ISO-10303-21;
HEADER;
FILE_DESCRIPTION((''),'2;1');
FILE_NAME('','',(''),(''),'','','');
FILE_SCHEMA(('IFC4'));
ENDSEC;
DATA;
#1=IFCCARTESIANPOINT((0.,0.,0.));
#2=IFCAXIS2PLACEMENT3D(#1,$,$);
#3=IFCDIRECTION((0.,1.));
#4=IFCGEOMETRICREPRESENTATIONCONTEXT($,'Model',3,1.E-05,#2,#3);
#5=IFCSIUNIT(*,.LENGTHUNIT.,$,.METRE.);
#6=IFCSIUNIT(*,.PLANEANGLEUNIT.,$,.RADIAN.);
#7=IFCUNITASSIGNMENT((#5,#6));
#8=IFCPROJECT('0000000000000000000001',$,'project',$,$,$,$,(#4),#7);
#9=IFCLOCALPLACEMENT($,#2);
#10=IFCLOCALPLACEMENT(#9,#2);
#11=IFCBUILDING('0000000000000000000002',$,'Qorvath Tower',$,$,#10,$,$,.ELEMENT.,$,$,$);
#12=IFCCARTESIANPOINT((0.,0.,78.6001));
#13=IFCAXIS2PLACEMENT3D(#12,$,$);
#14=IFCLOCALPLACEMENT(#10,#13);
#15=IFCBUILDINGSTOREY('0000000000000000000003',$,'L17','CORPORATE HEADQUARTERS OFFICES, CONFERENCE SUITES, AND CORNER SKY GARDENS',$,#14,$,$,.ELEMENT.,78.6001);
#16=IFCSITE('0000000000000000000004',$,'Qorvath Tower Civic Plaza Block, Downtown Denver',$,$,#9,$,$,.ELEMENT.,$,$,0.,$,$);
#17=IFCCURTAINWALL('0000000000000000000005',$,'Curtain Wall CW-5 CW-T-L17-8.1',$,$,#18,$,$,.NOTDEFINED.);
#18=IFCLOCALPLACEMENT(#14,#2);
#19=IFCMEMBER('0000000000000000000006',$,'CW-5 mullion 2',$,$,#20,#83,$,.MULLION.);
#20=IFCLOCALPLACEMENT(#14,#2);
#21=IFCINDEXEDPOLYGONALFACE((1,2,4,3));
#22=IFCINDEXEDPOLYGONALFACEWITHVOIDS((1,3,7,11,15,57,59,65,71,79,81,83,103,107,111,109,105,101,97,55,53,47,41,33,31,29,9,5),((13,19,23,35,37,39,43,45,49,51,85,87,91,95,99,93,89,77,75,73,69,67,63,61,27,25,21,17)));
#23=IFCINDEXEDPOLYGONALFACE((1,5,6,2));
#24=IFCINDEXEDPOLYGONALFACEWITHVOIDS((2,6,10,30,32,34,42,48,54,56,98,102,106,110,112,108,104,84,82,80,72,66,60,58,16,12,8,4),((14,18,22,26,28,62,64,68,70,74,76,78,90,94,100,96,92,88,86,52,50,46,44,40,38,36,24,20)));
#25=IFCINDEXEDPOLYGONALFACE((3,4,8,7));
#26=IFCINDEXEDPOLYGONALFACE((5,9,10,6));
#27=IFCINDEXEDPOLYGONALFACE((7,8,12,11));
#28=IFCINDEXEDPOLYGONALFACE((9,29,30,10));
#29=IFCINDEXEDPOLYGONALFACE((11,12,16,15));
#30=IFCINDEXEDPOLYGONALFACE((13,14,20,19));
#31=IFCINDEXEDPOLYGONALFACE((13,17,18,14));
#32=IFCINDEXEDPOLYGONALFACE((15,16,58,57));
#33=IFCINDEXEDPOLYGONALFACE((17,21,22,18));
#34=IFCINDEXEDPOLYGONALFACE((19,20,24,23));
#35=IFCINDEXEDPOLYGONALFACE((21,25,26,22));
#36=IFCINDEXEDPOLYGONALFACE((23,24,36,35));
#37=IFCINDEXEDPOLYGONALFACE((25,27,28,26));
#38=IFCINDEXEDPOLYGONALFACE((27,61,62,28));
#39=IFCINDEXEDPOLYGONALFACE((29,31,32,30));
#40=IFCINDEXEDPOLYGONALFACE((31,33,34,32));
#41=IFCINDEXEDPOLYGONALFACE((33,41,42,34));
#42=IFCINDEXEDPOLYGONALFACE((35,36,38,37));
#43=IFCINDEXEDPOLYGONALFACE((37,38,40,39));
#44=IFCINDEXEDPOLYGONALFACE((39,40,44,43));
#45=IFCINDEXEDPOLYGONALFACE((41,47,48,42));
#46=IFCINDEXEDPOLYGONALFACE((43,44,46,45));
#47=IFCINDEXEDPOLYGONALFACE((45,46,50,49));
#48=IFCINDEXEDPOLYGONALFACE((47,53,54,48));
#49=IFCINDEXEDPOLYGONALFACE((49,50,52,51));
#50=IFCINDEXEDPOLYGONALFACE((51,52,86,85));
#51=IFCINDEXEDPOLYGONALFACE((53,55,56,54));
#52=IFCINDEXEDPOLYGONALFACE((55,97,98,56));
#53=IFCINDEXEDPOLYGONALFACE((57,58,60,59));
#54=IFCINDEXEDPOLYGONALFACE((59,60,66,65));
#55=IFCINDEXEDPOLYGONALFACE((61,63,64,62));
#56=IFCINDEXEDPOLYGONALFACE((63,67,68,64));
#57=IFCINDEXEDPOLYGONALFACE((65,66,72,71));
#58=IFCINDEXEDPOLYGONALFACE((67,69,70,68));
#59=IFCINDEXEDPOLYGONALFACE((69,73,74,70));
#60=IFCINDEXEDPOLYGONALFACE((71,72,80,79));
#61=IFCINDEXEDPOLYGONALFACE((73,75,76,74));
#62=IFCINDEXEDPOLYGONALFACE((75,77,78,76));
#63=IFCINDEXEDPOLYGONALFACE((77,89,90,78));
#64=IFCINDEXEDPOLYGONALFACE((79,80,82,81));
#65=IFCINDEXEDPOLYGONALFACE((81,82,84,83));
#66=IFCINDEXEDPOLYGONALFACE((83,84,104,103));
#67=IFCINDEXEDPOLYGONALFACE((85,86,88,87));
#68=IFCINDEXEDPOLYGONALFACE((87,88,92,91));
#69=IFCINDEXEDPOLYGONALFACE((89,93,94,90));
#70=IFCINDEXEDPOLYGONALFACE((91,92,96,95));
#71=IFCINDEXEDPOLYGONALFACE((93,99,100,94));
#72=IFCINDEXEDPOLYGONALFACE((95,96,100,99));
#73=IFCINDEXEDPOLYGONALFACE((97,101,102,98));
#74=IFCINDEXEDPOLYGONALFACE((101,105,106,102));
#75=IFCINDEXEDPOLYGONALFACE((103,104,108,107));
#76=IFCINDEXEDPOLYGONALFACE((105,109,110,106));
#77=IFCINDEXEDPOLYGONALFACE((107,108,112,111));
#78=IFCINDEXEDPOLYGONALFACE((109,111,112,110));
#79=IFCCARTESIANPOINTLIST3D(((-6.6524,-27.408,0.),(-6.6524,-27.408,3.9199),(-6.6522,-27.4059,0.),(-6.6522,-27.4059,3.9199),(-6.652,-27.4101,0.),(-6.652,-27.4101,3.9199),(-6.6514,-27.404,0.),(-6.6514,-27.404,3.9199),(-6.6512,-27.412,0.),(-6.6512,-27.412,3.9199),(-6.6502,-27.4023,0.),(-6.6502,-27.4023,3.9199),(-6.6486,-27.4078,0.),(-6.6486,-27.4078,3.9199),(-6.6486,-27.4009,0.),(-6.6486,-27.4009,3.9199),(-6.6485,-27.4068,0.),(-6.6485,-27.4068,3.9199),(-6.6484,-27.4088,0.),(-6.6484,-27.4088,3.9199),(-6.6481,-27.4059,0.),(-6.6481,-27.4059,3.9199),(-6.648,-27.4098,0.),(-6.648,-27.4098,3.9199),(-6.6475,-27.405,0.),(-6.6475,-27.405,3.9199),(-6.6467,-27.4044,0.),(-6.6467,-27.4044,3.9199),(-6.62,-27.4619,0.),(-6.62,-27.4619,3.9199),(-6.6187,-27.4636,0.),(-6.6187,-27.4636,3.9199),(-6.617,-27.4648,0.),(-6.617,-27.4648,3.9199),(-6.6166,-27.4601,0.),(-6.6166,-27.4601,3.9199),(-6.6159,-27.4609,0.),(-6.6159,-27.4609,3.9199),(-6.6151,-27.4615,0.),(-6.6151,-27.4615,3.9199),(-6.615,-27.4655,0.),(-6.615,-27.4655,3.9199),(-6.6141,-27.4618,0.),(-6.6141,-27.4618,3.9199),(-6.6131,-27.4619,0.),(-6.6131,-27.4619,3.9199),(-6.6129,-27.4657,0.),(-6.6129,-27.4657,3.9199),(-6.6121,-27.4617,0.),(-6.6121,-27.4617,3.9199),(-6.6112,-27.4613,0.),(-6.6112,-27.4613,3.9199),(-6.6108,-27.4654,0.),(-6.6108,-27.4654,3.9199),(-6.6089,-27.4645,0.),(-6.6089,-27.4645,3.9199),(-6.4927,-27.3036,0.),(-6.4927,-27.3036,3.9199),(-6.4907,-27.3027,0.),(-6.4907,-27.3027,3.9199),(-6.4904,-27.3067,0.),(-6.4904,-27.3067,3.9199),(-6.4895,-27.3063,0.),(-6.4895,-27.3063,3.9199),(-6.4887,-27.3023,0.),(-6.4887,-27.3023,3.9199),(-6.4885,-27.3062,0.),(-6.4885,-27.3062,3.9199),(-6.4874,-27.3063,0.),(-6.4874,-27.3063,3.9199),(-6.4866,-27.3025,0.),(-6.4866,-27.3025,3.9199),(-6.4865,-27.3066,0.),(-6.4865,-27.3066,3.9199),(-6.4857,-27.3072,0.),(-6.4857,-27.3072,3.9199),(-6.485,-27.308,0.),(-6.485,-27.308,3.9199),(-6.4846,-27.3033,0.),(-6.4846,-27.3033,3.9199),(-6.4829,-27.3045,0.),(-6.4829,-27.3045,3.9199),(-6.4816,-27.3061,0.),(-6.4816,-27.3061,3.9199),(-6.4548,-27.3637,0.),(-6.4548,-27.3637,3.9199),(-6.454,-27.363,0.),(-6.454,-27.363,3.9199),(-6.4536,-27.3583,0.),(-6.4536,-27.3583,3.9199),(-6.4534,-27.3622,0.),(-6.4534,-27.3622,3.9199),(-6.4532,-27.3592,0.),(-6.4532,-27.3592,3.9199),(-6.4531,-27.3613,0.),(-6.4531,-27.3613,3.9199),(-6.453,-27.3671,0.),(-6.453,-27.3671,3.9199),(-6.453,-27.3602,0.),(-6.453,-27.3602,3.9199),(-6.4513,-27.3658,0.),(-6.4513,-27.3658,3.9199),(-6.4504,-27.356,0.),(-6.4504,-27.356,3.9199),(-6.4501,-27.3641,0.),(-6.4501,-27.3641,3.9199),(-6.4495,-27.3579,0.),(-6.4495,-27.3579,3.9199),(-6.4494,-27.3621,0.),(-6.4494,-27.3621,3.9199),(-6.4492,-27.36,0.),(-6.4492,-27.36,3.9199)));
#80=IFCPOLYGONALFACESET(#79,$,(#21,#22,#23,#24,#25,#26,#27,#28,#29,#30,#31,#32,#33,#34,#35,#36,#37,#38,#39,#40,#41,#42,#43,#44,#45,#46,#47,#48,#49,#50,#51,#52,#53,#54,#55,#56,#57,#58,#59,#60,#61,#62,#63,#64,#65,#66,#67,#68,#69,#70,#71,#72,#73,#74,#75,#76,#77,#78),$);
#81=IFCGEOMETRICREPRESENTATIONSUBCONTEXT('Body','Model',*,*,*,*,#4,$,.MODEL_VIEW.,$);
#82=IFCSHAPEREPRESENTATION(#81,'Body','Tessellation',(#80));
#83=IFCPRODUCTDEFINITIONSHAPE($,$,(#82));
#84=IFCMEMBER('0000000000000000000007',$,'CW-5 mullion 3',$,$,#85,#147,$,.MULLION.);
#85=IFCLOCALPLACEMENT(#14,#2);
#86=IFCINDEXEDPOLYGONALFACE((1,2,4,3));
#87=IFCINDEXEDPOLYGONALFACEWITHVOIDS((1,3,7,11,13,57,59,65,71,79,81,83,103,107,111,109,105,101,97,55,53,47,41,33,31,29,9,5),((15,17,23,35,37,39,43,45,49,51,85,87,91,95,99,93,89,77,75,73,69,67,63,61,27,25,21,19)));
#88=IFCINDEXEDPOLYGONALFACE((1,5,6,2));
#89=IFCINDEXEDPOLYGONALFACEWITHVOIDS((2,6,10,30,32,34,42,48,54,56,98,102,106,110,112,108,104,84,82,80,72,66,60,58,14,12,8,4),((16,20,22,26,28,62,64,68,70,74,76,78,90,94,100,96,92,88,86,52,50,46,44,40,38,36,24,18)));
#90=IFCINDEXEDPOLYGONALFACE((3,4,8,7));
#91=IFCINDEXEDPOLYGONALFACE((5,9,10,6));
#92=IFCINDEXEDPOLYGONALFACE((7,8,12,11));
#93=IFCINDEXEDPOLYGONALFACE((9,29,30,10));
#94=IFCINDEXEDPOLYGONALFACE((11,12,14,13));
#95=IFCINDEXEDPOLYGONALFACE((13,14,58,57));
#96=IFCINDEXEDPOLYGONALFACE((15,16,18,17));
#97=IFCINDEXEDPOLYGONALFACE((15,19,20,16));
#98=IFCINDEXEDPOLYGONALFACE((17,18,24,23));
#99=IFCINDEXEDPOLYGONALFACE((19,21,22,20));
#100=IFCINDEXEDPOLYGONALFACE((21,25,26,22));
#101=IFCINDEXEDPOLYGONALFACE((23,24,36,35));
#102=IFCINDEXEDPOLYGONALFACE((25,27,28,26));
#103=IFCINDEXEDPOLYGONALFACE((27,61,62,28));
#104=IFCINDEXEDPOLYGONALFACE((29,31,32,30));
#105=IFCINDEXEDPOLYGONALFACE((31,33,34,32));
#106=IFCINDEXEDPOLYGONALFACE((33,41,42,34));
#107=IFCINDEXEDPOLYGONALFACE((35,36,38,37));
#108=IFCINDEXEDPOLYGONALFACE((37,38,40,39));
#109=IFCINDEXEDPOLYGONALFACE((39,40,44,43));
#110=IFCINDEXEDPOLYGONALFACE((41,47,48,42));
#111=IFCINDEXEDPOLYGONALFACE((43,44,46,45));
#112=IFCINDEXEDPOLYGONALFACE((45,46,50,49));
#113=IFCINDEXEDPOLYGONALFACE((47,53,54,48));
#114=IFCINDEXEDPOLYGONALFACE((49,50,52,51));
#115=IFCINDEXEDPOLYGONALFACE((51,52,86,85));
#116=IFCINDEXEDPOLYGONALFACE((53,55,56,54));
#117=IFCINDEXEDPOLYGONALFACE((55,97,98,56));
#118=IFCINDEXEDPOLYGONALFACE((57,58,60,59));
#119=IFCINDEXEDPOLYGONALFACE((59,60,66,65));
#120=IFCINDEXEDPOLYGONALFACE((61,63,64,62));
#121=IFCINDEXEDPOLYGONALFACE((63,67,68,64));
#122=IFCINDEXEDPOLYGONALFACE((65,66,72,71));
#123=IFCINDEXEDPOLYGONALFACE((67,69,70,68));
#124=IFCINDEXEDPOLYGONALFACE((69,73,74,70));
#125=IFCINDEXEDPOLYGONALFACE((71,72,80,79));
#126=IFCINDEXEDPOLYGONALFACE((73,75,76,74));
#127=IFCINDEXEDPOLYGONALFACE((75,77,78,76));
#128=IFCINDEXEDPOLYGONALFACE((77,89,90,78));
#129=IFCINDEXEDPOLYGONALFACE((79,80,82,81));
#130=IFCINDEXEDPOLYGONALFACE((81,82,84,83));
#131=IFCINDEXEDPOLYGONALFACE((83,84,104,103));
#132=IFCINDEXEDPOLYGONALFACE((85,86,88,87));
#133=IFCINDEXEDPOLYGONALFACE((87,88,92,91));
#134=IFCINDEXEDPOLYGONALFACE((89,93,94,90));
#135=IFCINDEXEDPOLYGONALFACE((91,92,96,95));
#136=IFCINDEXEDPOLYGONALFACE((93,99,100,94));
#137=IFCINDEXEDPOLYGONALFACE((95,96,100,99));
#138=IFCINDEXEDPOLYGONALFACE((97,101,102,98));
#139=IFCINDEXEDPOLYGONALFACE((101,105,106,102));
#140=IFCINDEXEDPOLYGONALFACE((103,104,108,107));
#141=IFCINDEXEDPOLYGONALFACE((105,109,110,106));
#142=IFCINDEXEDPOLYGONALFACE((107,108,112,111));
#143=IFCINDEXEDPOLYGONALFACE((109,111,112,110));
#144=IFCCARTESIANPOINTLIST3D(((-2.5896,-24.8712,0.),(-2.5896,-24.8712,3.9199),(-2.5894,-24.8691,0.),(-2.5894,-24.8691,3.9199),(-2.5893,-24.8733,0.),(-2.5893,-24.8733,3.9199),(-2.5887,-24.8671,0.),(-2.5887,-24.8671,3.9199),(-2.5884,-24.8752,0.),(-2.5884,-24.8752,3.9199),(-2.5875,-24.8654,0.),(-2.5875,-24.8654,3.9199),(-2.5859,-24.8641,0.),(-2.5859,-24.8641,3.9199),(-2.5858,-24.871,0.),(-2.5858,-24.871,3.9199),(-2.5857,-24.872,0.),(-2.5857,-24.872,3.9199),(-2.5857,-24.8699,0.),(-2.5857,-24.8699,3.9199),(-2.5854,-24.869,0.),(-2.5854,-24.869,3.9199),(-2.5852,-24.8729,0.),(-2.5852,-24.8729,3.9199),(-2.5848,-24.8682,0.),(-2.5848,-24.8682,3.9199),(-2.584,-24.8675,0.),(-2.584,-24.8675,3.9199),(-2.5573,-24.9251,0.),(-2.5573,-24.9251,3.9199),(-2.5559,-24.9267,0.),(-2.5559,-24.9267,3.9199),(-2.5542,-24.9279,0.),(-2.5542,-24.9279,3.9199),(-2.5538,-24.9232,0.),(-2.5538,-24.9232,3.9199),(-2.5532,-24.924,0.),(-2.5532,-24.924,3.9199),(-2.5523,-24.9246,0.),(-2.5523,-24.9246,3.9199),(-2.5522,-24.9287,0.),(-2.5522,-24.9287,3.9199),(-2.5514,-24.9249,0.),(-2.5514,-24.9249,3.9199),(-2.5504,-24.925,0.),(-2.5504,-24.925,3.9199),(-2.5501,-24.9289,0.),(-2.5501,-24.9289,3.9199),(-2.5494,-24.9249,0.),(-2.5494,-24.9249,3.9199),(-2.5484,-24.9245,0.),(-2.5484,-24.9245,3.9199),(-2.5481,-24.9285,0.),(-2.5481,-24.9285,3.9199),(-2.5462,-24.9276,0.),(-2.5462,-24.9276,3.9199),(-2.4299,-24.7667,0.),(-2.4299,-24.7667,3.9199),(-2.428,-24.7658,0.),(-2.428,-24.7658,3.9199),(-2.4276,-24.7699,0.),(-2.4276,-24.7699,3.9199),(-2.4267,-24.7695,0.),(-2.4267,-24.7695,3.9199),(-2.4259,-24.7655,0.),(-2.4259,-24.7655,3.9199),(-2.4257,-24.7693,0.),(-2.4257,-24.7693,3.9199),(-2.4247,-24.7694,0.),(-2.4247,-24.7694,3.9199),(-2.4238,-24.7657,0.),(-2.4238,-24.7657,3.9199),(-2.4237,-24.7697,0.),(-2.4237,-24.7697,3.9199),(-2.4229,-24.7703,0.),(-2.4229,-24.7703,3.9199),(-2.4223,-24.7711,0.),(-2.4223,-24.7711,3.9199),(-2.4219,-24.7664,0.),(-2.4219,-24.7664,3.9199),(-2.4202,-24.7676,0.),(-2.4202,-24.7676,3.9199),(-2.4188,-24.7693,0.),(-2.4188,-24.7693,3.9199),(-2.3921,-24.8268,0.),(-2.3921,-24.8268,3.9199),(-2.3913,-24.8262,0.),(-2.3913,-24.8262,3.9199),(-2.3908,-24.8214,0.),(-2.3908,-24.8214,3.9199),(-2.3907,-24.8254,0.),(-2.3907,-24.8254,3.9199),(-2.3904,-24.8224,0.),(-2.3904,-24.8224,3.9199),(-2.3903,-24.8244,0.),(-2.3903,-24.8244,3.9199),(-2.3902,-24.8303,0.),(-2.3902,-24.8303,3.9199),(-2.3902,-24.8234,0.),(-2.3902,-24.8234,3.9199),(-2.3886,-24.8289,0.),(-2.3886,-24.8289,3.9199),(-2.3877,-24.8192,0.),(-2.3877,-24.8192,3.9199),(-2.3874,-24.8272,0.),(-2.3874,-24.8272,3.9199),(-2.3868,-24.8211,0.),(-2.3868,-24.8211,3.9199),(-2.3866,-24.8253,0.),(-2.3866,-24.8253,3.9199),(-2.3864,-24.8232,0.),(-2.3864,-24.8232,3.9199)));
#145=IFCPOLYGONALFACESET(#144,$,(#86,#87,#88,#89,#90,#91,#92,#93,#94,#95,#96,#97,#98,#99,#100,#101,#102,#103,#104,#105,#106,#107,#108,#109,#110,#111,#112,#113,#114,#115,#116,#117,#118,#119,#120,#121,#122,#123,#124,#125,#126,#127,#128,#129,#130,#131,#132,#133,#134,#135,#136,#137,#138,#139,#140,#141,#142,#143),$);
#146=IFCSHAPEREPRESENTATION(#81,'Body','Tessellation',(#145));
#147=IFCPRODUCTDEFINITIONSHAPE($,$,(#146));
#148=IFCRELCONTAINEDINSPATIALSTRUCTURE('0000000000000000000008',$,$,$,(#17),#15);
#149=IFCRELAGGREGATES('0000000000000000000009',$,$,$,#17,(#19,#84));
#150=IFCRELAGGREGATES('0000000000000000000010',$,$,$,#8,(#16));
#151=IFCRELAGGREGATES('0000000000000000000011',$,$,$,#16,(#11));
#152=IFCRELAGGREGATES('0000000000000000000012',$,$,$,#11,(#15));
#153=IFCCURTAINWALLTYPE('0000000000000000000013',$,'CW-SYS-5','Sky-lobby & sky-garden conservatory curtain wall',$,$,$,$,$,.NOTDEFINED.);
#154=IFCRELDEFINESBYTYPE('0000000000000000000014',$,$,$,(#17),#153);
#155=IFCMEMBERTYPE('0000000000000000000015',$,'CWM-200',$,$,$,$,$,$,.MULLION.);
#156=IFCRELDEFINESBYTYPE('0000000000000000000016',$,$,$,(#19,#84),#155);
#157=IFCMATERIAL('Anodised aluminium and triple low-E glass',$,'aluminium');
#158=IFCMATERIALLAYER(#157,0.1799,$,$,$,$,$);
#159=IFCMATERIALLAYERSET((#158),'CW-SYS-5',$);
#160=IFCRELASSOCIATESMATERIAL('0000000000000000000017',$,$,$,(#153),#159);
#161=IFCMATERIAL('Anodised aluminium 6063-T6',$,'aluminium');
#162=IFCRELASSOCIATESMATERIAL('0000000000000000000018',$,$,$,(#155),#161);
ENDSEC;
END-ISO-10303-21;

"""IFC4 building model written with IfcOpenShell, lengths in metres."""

from ifc_helpers import new_model, si_unit, direction, frame, origin, origin_2d, place, context, subcontext, project, spatial, hollow_rectangle, extrude, material, layer, layer_set, material_profile, profile_set, type_object, element, aggregate, save


model = new_model("IFC4")

# Units and contexts
model_context = context("Model", 3, precision=1e-05, world=origin(), true_north=direction((0.0, 1.0)))
body_context = subcontext(model_context, "Body", "Model", "MODEL_VIEW")
ifc_project = project(units=[si_unit("LENGTHUNIT", "METRE"), si_unit("PLANEANGLEUNIT", "RADIAN")], contexts=[model_context])

# Site, building, storey
site_placement = place(None, origin())
site = spatial("IfcSite", under=ifc_project, at=site_placement, Name="Qorvath Tower Civic Plaza Block, Downtown Denver", CompositionType="ELEMENT", RefElevation=0.0)
building_placement = place(site_placement, origin())
building = spatial("IfcBuilding", under=site, at=building_placement, Name="Qorvath Tower", CompositionType="ELEMENT")
storey_placement = place(building_placement, frame((0.0, 0.0, 78.6001)))
storey = spatial("IfcBuildingStorey", under=building, at=storey_placement, Name="L17", Description="CORPORATE HEADQUARTERS OFFICES, CONFERENCE SUITES, AND CORNER SKY GARDENS", CompositionType="ELEMENT", Elevation=78.6001)

# Shared definitions
ifc_material_1 = material(Name="Anodised aluminium and triple low-E glass", Category="aluminium")
ifc_layer_1 = layer(ifc_material_1, 0.1799)
ifc_layer_set_1 = layer_set([ifc_layer_1], Name="CW-SYS-5")
curtain_wall_type = type_object("IfcCurtainWallType", Name="CW-SYS-5", Description="Sky-lobby & sky-garden conservatory curtain wall", PredefinedType="NOTDEFINED", material=ifc_layer_set_1)
ifc_material_2 = material(Name="Anodised aluminium 6063-T6", Category="aluminium")
ifc_material_profile_1 = material_profile(ifc_material_2, hollow_rectangle(XDim=0.075, YDim=0.2, WallThickness=0.0039, InnerFilletRadius=0.0039, OuterFilletRadius=0.0081, at=origin_2d()), Name="CWM 200x75")
ifc_profile_set_1 = profile_set([ifc_material_profile_1], Name="Anodised aluminium 6063-T6")
member_type_1 = type_object("IfcMemberType", Name="CWM-200", PredefinedType="MULLION", material=ifc_profile_set_1)

# Curtain wall, members
curtain_wall_1_placement = place(storey_placement, origin())
curtain_wall_1 = element("IfcCurtainWall", 1, at=curtain_wall_1_placement, inside=storey, type_object=curtain_wall_type, Name="Curtain Wall CW-5 CW-T-L17-8.1", PredefinedType="NOTDEFINED")
member_1_placement = place(storey_placement, frame((-6.5508, -27.384, 0.0), z_axis=(0.0, 0.0, 1.0), x_axis=(-0.529645, 0.848219, 0.0)))
member_1 = element("IfcMember", 2, at=member_1_placement, type_object=member_type_1, Name="CW-5 mullion 2", PredefinedType="MULLION", context=body_context, shape_type="SweptSolid", body=[
    extrude(hollow_rectangle(XDim=0.075, YDim=0.2, WallThickness=0.0039, InnerFilletRadius=0.0039, OuterFilletRadius=0.0081, at=origin_2d()), origin(), (0.0, 0.0, 1.0), 3.9199),
])
member_2_placement = place(storey_placement, frame((-2.488, -24.8472, 0.0), z_axis=(0.0, 0.0, 1.0), x_axis=(-0.529645, 0.848219, 0.0)))
member_2 = element("IfcMember", 3, at=member_2_placement, type_object=member_type_1, Name="CW-5 mullion 3", PredefinedType="MULLION", context=body_context, shape_type="SweptSolid", body=[
    extrude(hollow_rectangle(XDim=0.075, YDim=0.2, WallThickness=0.0039, InnerFilletRadius=0.0039, OuterFilletRadius=0.0081, at=origin_2d()), origin(), (0.0, 0.0, 1.0), 3.9199),
])

aggregate(curtain_wall_1, [member_1, member_2])

save(model, "model.ifc")
